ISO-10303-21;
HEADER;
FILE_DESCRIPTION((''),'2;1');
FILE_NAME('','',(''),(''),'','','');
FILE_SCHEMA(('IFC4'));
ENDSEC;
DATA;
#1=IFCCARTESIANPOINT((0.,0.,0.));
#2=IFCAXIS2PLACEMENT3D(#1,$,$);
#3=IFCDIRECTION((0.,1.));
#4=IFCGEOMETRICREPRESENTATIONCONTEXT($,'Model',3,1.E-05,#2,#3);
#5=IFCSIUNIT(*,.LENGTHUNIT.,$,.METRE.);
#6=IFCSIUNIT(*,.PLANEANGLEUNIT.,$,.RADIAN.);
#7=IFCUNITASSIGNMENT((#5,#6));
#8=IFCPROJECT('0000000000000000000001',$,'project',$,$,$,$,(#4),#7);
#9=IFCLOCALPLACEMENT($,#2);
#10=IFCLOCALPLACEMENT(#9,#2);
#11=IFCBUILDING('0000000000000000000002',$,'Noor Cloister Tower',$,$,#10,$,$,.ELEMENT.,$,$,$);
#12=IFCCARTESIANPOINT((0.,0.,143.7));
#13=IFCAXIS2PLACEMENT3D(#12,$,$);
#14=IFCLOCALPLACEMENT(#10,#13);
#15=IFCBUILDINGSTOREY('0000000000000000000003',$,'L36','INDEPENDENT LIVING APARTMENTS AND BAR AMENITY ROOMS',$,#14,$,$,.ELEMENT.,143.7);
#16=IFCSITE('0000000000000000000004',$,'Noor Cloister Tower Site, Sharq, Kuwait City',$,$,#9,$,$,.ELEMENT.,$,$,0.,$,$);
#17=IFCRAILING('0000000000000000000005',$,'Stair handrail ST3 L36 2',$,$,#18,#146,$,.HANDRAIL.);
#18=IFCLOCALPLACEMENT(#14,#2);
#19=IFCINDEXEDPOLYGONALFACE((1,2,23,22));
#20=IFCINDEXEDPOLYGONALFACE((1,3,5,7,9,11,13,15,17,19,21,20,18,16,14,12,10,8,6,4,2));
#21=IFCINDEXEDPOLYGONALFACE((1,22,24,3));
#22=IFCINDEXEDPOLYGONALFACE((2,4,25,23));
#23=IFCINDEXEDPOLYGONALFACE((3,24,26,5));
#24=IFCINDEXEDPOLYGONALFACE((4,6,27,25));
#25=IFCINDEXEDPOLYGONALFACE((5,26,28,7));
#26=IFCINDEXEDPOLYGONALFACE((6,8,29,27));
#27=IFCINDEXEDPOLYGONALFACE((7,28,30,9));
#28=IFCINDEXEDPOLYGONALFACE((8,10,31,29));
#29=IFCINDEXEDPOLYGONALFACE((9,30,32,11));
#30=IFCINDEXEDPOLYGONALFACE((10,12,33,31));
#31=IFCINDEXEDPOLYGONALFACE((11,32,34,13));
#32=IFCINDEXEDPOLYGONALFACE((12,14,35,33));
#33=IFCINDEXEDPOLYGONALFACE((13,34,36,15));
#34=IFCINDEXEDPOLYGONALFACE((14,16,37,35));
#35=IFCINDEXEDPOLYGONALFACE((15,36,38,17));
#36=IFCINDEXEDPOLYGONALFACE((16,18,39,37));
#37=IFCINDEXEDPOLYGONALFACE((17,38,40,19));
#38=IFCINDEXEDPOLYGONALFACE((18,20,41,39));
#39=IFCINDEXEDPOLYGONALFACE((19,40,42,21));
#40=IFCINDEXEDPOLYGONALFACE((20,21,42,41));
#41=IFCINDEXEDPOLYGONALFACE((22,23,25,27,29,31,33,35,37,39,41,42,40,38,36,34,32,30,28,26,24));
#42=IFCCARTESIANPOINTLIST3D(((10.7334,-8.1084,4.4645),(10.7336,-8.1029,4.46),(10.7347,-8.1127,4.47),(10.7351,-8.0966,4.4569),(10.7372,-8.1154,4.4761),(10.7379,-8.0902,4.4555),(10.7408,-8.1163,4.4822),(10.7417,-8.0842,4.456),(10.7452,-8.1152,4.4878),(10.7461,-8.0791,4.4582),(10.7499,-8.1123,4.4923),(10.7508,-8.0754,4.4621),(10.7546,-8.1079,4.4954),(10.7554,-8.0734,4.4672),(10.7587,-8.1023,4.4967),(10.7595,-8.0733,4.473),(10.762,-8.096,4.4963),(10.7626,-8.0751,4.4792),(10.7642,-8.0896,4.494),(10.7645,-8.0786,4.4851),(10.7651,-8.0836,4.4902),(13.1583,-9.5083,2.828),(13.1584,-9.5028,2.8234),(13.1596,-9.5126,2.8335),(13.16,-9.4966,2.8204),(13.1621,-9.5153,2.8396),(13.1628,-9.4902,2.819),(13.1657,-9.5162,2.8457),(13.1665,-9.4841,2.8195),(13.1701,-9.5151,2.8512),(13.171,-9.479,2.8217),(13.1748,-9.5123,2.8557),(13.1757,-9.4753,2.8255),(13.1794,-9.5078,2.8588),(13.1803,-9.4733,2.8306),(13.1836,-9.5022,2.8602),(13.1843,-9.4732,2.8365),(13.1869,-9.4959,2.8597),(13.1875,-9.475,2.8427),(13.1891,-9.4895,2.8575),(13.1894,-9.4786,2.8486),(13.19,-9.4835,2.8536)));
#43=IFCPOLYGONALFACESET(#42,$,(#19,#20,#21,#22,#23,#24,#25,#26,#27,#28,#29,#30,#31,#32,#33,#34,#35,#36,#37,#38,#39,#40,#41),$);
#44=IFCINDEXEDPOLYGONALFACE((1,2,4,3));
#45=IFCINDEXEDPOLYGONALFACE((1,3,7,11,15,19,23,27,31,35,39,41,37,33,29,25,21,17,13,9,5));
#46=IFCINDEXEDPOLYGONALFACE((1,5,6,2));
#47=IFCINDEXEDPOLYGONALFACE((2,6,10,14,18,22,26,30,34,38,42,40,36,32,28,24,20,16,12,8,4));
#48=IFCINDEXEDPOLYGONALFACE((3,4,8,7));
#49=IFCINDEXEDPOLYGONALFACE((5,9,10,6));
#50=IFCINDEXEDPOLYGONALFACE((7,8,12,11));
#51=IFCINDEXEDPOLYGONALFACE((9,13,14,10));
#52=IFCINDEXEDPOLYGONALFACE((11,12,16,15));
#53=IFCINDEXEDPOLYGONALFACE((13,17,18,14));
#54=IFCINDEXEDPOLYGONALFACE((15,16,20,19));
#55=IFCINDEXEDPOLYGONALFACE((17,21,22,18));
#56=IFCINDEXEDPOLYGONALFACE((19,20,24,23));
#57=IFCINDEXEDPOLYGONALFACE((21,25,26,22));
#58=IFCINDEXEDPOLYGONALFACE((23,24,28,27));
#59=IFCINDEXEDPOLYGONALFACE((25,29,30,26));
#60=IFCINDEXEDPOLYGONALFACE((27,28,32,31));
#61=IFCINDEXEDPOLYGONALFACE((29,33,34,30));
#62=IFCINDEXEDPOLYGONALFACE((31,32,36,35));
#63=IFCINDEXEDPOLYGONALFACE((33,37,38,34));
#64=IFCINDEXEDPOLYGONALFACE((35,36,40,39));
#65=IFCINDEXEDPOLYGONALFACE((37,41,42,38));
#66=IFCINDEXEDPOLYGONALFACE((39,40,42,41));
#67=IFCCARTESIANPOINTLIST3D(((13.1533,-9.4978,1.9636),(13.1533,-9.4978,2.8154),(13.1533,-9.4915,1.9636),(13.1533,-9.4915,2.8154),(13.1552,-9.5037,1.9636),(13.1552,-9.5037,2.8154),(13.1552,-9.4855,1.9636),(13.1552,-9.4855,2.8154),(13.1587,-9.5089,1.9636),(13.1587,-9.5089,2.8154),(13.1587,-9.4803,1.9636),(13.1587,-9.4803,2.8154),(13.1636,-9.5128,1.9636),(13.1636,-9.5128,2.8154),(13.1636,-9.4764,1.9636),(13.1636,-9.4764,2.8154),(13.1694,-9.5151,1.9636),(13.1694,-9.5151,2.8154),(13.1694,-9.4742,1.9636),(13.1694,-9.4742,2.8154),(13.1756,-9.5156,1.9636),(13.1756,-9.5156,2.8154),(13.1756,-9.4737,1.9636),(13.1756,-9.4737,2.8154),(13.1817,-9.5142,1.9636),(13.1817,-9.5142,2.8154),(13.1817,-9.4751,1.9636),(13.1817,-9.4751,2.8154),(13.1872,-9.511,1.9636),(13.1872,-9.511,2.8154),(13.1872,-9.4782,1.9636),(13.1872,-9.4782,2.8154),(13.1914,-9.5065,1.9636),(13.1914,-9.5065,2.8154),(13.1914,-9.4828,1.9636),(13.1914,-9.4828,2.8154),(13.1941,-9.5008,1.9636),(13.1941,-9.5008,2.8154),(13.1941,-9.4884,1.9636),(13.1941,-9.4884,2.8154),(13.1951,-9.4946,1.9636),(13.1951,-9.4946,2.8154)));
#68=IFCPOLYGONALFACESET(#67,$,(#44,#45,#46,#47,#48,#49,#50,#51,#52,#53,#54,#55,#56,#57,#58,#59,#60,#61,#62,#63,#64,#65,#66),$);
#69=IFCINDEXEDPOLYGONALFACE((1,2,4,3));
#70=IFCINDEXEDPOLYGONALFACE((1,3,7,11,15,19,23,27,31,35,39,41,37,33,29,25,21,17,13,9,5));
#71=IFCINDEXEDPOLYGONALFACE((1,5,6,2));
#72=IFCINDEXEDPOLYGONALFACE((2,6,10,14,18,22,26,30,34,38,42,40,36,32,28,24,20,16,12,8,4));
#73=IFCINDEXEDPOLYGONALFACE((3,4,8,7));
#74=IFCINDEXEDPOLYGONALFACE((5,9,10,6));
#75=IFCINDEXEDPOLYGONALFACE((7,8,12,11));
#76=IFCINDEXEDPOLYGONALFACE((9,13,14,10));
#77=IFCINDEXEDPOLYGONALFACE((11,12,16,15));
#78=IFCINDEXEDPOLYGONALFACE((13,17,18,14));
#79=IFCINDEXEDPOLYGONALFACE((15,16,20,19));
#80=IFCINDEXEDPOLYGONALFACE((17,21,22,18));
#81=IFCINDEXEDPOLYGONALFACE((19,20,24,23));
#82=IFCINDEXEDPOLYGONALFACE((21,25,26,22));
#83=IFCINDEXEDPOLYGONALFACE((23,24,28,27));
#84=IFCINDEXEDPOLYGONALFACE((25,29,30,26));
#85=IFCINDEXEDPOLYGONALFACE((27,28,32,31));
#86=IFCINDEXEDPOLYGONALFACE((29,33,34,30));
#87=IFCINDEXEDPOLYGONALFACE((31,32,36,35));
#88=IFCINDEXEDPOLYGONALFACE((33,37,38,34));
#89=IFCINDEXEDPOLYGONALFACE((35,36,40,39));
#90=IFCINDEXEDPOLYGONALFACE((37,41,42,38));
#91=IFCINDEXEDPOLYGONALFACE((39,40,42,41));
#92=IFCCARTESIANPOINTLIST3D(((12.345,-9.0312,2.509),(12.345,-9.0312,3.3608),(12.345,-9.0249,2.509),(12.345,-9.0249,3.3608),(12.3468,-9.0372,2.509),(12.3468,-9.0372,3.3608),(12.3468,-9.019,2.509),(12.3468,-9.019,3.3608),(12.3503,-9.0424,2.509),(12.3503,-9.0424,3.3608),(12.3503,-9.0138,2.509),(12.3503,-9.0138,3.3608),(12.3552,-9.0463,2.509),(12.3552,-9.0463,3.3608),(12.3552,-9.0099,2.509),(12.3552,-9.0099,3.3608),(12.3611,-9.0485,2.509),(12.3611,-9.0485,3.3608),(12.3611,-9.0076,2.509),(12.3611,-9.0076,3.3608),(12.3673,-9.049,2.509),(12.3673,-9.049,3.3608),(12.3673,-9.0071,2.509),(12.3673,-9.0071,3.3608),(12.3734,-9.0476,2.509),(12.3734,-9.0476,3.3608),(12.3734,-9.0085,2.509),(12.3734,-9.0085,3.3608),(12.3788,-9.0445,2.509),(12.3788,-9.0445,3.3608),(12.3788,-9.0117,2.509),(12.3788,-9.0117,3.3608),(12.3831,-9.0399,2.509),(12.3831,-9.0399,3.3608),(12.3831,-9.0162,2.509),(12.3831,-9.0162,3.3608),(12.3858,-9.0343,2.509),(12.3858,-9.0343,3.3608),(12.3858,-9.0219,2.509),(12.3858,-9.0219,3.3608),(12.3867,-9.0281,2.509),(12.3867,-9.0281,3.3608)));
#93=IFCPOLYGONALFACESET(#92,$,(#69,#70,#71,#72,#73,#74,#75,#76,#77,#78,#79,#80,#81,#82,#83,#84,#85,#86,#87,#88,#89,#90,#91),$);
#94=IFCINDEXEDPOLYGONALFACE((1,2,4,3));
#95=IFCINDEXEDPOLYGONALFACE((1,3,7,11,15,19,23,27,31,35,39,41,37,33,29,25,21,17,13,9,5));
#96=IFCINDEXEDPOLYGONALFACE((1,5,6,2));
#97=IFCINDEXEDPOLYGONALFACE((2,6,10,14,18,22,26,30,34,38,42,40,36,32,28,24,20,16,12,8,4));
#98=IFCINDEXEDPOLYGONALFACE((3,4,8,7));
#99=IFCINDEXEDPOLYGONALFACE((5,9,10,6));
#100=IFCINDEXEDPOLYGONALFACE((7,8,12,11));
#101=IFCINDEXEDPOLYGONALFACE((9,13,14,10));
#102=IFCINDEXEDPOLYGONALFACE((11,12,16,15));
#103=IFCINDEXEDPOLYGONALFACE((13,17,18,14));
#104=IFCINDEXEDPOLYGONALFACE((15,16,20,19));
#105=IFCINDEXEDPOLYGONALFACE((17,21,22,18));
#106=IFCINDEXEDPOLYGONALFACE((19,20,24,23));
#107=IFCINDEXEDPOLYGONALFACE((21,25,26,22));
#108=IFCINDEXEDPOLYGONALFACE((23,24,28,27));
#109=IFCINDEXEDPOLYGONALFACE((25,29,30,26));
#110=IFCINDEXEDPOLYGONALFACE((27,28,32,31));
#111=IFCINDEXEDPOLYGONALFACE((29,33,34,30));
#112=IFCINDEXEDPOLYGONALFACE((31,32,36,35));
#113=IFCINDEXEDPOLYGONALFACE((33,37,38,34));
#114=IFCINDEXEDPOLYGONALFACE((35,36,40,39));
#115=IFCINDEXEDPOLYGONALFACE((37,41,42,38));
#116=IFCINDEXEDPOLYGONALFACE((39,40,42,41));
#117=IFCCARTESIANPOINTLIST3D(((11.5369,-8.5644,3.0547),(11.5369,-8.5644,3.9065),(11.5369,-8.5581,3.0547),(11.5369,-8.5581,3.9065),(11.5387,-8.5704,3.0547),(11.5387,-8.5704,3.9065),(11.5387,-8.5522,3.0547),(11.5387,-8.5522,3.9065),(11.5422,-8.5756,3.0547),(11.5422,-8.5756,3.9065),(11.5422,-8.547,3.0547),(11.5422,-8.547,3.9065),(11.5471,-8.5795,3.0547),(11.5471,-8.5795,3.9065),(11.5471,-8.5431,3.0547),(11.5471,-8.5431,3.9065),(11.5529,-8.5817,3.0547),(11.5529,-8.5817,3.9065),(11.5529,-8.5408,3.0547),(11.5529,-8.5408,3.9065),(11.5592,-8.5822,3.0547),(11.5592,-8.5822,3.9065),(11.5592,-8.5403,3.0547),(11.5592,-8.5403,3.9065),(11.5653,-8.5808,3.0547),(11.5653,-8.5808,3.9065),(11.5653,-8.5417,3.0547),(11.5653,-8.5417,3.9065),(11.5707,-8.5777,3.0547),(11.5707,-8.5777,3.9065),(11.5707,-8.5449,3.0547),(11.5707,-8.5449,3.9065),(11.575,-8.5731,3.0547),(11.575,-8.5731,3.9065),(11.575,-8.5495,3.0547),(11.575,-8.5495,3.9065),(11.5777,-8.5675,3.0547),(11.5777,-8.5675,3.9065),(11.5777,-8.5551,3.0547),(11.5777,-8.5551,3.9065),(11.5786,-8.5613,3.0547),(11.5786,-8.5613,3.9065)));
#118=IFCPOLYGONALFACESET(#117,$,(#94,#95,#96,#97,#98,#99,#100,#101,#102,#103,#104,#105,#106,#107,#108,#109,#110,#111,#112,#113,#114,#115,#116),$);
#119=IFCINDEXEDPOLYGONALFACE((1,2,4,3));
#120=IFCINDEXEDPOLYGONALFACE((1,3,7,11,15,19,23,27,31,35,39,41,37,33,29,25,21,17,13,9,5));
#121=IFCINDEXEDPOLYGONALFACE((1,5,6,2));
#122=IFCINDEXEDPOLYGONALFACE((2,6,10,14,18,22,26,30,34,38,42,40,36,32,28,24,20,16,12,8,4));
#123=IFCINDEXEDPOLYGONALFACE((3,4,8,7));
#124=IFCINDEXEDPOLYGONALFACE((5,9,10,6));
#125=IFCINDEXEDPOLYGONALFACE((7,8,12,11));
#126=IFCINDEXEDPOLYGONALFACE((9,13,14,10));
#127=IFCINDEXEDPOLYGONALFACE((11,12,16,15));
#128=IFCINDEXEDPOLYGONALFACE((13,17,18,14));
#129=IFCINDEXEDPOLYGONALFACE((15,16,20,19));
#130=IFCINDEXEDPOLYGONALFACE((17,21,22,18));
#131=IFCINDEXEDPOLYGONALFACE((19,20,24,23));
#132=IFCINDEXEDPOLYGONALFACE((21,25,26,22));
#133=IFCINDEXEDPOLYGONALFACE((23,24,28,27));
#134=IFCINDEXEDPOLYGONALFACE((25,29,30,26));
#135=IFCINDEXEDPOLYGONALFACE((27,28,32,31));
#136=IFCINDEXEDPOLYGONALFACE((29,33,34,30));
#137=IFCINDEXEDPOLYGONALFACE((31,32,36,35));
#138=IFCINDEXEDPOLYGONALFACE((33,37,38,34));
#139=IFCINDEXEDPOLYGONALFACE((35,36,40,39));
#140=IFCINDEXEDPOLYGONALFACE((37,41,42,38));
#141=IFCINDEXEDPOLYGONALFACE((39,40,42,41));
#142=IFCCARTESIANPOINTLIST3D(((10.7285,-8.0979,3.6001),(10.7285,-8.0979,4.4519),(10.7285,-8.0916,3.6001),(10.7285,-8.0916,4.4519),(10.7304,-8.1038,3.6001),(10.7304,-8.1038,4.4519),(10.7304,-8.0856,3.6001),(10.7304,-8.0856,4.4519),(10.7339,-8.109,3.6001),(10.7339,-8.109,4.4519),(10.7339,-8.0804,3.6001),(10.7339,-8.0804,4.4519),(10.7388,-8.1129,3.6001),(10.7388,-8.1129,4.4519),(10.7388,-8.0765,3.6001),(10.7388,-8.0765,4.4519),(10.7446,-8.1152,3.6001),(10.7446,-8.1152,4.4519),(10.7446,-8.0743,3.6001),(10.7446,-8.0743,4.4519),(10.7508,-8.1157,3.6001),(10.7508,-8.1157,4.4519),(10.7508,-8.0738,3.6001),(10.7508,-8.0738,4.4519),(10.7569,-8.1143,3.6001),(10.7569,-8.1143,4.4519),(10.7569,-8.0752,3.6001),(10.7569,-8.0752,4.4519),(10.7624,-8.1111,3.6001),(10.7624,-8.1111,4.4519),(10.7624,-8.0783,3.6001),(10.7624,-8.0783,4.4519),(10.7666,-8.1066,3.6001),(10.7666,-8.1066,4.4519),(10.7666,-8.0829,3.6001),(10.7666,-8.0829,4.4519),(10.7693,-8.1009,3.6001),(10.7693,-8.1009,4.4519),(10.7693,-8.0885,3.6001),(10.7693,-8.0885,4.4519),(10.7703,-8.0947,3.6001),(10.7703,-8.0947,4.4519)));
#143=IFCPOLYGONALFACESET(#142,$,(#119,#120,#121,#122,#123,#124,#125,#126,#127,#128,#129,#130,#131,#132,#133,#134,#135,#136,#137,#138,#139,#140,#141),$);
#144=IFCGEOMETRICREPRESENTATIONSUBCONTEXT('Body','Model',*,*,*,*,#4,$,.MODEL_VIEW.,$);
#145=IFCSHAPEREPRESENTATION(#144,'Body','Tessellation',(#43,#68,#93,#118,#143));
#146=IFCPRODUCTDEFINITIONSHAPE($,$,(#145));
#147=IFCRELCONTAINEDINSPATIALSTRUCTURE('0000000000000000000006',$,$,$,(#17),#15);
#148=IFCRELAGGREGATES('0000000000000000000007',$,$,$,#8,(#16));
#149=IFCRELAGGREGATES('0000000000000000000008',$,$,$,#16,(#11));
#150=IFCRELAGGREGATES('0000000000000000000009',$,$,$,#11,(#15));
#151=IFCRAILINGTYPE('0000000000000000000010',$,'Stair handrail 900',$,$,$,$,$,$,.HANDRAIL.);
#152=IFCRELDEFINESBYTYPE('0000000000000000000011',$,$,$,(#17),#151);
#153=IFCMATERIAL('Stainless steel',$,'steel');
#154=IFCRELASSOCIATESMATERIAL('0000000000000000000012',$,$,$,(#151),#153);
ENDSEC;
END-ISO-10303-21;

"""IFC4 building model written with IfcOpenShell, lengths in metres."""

from ifc_helpers import new_model, si_unit, direction, frame, origin, origin_2d, place, context, subcontext, project, spatial, circle, extrude, material, type_object, element, save


model = new_model("IFC4")

# Units and contexts
model_context = context("Model", 3, precision=1e-05, world=origin(), true_north=direction((0.0, 1.0)))
body_context = subcontext(model_context, "Body", "Model", "MODEL_VIEW")
ifc_project = project(units=[si_unit("LENGTHUNIT", "METRE"), si_unit("PLANEANGLEUNIT", "RADIAN")], contexts=[model_context])

# Site, building, storey
site_placement = place(None, origin())
site = spatial("IfcSite", under=ifc_project, at=site_placement, Name="Noor Cloister Tower Site, Sharq, Kuwait City", CompositionType="ELEMENT", RefElevation=0.0)
building_placement = place(site_placement, origin())
building = spatial("IfcBuilding", under=site, at=building_placement, Name="Noor Cloister Tower", CompositionType="ELEMENT")
storey_placement = place(building_placement, frame((0.0, 0.0, 143.7)))
storey = spatial("IfcBuildingStorey", under=building, at=storey_placement, Name="L36", Description="INDEPENDENT LIVING APARTMENTS AND BAR AMENITY ROOMS", CompositionType="ELEMENT", Elevation=143.7)

# Railing
ifc_material_1 = material(Name="Stainless steel", Category="steel")
railing_type_1 = type_object("IfcRailingType", Name="Stair handrail 900", PredefinedType="HANDRAIL", material=ifc_material_1)
railing_1_placement = place(storey_placement, frame((13.1741, -9.4946, 1.9636)))
element("IfcRailing", 1, at=railing_1_placement, inside=storey, type_object=railing_type_1, Name="Stair handrail ST3 L36 2", PredefinedType="HANDRAIL", context=body_context, shape_type="SweptSolid", body=[
    extrude(circle(Radius=0.0239, at=origin_2d()), frame((0.0, 0.0, 0.876), z_axis=(-0.74769, 0.431661, 0.504608), x_axis=(-0.499984, -0.866035, 0.0)), (0.0, 0.0, 1.0), 3.2432),
    extrude(circle(Radius=0.021, at=origin_2d()), origin(), (0.0, 0.0, 1.0), 0.8518),
    extrude(circle(Radius=0.021, at=origin_2d()), frame((-0.8083, 0.4666, 0.5454)), (0.0, 0.0, 1.0), 0.8518),
    extrude(circle(Radius=0.021, at=origin_2d()), frame((-1.6165, 0.9333, 1.0911)), (0.0, 0.0, 1.0), 0.8518),
    extrude(circle(Radius=0.021, at=origin_2d()), frame((-2.4248, 1.3999, 1.6365)), (0.0, 0.0, 1.0), 0.8518),
])

save(model, "model.ifc")
